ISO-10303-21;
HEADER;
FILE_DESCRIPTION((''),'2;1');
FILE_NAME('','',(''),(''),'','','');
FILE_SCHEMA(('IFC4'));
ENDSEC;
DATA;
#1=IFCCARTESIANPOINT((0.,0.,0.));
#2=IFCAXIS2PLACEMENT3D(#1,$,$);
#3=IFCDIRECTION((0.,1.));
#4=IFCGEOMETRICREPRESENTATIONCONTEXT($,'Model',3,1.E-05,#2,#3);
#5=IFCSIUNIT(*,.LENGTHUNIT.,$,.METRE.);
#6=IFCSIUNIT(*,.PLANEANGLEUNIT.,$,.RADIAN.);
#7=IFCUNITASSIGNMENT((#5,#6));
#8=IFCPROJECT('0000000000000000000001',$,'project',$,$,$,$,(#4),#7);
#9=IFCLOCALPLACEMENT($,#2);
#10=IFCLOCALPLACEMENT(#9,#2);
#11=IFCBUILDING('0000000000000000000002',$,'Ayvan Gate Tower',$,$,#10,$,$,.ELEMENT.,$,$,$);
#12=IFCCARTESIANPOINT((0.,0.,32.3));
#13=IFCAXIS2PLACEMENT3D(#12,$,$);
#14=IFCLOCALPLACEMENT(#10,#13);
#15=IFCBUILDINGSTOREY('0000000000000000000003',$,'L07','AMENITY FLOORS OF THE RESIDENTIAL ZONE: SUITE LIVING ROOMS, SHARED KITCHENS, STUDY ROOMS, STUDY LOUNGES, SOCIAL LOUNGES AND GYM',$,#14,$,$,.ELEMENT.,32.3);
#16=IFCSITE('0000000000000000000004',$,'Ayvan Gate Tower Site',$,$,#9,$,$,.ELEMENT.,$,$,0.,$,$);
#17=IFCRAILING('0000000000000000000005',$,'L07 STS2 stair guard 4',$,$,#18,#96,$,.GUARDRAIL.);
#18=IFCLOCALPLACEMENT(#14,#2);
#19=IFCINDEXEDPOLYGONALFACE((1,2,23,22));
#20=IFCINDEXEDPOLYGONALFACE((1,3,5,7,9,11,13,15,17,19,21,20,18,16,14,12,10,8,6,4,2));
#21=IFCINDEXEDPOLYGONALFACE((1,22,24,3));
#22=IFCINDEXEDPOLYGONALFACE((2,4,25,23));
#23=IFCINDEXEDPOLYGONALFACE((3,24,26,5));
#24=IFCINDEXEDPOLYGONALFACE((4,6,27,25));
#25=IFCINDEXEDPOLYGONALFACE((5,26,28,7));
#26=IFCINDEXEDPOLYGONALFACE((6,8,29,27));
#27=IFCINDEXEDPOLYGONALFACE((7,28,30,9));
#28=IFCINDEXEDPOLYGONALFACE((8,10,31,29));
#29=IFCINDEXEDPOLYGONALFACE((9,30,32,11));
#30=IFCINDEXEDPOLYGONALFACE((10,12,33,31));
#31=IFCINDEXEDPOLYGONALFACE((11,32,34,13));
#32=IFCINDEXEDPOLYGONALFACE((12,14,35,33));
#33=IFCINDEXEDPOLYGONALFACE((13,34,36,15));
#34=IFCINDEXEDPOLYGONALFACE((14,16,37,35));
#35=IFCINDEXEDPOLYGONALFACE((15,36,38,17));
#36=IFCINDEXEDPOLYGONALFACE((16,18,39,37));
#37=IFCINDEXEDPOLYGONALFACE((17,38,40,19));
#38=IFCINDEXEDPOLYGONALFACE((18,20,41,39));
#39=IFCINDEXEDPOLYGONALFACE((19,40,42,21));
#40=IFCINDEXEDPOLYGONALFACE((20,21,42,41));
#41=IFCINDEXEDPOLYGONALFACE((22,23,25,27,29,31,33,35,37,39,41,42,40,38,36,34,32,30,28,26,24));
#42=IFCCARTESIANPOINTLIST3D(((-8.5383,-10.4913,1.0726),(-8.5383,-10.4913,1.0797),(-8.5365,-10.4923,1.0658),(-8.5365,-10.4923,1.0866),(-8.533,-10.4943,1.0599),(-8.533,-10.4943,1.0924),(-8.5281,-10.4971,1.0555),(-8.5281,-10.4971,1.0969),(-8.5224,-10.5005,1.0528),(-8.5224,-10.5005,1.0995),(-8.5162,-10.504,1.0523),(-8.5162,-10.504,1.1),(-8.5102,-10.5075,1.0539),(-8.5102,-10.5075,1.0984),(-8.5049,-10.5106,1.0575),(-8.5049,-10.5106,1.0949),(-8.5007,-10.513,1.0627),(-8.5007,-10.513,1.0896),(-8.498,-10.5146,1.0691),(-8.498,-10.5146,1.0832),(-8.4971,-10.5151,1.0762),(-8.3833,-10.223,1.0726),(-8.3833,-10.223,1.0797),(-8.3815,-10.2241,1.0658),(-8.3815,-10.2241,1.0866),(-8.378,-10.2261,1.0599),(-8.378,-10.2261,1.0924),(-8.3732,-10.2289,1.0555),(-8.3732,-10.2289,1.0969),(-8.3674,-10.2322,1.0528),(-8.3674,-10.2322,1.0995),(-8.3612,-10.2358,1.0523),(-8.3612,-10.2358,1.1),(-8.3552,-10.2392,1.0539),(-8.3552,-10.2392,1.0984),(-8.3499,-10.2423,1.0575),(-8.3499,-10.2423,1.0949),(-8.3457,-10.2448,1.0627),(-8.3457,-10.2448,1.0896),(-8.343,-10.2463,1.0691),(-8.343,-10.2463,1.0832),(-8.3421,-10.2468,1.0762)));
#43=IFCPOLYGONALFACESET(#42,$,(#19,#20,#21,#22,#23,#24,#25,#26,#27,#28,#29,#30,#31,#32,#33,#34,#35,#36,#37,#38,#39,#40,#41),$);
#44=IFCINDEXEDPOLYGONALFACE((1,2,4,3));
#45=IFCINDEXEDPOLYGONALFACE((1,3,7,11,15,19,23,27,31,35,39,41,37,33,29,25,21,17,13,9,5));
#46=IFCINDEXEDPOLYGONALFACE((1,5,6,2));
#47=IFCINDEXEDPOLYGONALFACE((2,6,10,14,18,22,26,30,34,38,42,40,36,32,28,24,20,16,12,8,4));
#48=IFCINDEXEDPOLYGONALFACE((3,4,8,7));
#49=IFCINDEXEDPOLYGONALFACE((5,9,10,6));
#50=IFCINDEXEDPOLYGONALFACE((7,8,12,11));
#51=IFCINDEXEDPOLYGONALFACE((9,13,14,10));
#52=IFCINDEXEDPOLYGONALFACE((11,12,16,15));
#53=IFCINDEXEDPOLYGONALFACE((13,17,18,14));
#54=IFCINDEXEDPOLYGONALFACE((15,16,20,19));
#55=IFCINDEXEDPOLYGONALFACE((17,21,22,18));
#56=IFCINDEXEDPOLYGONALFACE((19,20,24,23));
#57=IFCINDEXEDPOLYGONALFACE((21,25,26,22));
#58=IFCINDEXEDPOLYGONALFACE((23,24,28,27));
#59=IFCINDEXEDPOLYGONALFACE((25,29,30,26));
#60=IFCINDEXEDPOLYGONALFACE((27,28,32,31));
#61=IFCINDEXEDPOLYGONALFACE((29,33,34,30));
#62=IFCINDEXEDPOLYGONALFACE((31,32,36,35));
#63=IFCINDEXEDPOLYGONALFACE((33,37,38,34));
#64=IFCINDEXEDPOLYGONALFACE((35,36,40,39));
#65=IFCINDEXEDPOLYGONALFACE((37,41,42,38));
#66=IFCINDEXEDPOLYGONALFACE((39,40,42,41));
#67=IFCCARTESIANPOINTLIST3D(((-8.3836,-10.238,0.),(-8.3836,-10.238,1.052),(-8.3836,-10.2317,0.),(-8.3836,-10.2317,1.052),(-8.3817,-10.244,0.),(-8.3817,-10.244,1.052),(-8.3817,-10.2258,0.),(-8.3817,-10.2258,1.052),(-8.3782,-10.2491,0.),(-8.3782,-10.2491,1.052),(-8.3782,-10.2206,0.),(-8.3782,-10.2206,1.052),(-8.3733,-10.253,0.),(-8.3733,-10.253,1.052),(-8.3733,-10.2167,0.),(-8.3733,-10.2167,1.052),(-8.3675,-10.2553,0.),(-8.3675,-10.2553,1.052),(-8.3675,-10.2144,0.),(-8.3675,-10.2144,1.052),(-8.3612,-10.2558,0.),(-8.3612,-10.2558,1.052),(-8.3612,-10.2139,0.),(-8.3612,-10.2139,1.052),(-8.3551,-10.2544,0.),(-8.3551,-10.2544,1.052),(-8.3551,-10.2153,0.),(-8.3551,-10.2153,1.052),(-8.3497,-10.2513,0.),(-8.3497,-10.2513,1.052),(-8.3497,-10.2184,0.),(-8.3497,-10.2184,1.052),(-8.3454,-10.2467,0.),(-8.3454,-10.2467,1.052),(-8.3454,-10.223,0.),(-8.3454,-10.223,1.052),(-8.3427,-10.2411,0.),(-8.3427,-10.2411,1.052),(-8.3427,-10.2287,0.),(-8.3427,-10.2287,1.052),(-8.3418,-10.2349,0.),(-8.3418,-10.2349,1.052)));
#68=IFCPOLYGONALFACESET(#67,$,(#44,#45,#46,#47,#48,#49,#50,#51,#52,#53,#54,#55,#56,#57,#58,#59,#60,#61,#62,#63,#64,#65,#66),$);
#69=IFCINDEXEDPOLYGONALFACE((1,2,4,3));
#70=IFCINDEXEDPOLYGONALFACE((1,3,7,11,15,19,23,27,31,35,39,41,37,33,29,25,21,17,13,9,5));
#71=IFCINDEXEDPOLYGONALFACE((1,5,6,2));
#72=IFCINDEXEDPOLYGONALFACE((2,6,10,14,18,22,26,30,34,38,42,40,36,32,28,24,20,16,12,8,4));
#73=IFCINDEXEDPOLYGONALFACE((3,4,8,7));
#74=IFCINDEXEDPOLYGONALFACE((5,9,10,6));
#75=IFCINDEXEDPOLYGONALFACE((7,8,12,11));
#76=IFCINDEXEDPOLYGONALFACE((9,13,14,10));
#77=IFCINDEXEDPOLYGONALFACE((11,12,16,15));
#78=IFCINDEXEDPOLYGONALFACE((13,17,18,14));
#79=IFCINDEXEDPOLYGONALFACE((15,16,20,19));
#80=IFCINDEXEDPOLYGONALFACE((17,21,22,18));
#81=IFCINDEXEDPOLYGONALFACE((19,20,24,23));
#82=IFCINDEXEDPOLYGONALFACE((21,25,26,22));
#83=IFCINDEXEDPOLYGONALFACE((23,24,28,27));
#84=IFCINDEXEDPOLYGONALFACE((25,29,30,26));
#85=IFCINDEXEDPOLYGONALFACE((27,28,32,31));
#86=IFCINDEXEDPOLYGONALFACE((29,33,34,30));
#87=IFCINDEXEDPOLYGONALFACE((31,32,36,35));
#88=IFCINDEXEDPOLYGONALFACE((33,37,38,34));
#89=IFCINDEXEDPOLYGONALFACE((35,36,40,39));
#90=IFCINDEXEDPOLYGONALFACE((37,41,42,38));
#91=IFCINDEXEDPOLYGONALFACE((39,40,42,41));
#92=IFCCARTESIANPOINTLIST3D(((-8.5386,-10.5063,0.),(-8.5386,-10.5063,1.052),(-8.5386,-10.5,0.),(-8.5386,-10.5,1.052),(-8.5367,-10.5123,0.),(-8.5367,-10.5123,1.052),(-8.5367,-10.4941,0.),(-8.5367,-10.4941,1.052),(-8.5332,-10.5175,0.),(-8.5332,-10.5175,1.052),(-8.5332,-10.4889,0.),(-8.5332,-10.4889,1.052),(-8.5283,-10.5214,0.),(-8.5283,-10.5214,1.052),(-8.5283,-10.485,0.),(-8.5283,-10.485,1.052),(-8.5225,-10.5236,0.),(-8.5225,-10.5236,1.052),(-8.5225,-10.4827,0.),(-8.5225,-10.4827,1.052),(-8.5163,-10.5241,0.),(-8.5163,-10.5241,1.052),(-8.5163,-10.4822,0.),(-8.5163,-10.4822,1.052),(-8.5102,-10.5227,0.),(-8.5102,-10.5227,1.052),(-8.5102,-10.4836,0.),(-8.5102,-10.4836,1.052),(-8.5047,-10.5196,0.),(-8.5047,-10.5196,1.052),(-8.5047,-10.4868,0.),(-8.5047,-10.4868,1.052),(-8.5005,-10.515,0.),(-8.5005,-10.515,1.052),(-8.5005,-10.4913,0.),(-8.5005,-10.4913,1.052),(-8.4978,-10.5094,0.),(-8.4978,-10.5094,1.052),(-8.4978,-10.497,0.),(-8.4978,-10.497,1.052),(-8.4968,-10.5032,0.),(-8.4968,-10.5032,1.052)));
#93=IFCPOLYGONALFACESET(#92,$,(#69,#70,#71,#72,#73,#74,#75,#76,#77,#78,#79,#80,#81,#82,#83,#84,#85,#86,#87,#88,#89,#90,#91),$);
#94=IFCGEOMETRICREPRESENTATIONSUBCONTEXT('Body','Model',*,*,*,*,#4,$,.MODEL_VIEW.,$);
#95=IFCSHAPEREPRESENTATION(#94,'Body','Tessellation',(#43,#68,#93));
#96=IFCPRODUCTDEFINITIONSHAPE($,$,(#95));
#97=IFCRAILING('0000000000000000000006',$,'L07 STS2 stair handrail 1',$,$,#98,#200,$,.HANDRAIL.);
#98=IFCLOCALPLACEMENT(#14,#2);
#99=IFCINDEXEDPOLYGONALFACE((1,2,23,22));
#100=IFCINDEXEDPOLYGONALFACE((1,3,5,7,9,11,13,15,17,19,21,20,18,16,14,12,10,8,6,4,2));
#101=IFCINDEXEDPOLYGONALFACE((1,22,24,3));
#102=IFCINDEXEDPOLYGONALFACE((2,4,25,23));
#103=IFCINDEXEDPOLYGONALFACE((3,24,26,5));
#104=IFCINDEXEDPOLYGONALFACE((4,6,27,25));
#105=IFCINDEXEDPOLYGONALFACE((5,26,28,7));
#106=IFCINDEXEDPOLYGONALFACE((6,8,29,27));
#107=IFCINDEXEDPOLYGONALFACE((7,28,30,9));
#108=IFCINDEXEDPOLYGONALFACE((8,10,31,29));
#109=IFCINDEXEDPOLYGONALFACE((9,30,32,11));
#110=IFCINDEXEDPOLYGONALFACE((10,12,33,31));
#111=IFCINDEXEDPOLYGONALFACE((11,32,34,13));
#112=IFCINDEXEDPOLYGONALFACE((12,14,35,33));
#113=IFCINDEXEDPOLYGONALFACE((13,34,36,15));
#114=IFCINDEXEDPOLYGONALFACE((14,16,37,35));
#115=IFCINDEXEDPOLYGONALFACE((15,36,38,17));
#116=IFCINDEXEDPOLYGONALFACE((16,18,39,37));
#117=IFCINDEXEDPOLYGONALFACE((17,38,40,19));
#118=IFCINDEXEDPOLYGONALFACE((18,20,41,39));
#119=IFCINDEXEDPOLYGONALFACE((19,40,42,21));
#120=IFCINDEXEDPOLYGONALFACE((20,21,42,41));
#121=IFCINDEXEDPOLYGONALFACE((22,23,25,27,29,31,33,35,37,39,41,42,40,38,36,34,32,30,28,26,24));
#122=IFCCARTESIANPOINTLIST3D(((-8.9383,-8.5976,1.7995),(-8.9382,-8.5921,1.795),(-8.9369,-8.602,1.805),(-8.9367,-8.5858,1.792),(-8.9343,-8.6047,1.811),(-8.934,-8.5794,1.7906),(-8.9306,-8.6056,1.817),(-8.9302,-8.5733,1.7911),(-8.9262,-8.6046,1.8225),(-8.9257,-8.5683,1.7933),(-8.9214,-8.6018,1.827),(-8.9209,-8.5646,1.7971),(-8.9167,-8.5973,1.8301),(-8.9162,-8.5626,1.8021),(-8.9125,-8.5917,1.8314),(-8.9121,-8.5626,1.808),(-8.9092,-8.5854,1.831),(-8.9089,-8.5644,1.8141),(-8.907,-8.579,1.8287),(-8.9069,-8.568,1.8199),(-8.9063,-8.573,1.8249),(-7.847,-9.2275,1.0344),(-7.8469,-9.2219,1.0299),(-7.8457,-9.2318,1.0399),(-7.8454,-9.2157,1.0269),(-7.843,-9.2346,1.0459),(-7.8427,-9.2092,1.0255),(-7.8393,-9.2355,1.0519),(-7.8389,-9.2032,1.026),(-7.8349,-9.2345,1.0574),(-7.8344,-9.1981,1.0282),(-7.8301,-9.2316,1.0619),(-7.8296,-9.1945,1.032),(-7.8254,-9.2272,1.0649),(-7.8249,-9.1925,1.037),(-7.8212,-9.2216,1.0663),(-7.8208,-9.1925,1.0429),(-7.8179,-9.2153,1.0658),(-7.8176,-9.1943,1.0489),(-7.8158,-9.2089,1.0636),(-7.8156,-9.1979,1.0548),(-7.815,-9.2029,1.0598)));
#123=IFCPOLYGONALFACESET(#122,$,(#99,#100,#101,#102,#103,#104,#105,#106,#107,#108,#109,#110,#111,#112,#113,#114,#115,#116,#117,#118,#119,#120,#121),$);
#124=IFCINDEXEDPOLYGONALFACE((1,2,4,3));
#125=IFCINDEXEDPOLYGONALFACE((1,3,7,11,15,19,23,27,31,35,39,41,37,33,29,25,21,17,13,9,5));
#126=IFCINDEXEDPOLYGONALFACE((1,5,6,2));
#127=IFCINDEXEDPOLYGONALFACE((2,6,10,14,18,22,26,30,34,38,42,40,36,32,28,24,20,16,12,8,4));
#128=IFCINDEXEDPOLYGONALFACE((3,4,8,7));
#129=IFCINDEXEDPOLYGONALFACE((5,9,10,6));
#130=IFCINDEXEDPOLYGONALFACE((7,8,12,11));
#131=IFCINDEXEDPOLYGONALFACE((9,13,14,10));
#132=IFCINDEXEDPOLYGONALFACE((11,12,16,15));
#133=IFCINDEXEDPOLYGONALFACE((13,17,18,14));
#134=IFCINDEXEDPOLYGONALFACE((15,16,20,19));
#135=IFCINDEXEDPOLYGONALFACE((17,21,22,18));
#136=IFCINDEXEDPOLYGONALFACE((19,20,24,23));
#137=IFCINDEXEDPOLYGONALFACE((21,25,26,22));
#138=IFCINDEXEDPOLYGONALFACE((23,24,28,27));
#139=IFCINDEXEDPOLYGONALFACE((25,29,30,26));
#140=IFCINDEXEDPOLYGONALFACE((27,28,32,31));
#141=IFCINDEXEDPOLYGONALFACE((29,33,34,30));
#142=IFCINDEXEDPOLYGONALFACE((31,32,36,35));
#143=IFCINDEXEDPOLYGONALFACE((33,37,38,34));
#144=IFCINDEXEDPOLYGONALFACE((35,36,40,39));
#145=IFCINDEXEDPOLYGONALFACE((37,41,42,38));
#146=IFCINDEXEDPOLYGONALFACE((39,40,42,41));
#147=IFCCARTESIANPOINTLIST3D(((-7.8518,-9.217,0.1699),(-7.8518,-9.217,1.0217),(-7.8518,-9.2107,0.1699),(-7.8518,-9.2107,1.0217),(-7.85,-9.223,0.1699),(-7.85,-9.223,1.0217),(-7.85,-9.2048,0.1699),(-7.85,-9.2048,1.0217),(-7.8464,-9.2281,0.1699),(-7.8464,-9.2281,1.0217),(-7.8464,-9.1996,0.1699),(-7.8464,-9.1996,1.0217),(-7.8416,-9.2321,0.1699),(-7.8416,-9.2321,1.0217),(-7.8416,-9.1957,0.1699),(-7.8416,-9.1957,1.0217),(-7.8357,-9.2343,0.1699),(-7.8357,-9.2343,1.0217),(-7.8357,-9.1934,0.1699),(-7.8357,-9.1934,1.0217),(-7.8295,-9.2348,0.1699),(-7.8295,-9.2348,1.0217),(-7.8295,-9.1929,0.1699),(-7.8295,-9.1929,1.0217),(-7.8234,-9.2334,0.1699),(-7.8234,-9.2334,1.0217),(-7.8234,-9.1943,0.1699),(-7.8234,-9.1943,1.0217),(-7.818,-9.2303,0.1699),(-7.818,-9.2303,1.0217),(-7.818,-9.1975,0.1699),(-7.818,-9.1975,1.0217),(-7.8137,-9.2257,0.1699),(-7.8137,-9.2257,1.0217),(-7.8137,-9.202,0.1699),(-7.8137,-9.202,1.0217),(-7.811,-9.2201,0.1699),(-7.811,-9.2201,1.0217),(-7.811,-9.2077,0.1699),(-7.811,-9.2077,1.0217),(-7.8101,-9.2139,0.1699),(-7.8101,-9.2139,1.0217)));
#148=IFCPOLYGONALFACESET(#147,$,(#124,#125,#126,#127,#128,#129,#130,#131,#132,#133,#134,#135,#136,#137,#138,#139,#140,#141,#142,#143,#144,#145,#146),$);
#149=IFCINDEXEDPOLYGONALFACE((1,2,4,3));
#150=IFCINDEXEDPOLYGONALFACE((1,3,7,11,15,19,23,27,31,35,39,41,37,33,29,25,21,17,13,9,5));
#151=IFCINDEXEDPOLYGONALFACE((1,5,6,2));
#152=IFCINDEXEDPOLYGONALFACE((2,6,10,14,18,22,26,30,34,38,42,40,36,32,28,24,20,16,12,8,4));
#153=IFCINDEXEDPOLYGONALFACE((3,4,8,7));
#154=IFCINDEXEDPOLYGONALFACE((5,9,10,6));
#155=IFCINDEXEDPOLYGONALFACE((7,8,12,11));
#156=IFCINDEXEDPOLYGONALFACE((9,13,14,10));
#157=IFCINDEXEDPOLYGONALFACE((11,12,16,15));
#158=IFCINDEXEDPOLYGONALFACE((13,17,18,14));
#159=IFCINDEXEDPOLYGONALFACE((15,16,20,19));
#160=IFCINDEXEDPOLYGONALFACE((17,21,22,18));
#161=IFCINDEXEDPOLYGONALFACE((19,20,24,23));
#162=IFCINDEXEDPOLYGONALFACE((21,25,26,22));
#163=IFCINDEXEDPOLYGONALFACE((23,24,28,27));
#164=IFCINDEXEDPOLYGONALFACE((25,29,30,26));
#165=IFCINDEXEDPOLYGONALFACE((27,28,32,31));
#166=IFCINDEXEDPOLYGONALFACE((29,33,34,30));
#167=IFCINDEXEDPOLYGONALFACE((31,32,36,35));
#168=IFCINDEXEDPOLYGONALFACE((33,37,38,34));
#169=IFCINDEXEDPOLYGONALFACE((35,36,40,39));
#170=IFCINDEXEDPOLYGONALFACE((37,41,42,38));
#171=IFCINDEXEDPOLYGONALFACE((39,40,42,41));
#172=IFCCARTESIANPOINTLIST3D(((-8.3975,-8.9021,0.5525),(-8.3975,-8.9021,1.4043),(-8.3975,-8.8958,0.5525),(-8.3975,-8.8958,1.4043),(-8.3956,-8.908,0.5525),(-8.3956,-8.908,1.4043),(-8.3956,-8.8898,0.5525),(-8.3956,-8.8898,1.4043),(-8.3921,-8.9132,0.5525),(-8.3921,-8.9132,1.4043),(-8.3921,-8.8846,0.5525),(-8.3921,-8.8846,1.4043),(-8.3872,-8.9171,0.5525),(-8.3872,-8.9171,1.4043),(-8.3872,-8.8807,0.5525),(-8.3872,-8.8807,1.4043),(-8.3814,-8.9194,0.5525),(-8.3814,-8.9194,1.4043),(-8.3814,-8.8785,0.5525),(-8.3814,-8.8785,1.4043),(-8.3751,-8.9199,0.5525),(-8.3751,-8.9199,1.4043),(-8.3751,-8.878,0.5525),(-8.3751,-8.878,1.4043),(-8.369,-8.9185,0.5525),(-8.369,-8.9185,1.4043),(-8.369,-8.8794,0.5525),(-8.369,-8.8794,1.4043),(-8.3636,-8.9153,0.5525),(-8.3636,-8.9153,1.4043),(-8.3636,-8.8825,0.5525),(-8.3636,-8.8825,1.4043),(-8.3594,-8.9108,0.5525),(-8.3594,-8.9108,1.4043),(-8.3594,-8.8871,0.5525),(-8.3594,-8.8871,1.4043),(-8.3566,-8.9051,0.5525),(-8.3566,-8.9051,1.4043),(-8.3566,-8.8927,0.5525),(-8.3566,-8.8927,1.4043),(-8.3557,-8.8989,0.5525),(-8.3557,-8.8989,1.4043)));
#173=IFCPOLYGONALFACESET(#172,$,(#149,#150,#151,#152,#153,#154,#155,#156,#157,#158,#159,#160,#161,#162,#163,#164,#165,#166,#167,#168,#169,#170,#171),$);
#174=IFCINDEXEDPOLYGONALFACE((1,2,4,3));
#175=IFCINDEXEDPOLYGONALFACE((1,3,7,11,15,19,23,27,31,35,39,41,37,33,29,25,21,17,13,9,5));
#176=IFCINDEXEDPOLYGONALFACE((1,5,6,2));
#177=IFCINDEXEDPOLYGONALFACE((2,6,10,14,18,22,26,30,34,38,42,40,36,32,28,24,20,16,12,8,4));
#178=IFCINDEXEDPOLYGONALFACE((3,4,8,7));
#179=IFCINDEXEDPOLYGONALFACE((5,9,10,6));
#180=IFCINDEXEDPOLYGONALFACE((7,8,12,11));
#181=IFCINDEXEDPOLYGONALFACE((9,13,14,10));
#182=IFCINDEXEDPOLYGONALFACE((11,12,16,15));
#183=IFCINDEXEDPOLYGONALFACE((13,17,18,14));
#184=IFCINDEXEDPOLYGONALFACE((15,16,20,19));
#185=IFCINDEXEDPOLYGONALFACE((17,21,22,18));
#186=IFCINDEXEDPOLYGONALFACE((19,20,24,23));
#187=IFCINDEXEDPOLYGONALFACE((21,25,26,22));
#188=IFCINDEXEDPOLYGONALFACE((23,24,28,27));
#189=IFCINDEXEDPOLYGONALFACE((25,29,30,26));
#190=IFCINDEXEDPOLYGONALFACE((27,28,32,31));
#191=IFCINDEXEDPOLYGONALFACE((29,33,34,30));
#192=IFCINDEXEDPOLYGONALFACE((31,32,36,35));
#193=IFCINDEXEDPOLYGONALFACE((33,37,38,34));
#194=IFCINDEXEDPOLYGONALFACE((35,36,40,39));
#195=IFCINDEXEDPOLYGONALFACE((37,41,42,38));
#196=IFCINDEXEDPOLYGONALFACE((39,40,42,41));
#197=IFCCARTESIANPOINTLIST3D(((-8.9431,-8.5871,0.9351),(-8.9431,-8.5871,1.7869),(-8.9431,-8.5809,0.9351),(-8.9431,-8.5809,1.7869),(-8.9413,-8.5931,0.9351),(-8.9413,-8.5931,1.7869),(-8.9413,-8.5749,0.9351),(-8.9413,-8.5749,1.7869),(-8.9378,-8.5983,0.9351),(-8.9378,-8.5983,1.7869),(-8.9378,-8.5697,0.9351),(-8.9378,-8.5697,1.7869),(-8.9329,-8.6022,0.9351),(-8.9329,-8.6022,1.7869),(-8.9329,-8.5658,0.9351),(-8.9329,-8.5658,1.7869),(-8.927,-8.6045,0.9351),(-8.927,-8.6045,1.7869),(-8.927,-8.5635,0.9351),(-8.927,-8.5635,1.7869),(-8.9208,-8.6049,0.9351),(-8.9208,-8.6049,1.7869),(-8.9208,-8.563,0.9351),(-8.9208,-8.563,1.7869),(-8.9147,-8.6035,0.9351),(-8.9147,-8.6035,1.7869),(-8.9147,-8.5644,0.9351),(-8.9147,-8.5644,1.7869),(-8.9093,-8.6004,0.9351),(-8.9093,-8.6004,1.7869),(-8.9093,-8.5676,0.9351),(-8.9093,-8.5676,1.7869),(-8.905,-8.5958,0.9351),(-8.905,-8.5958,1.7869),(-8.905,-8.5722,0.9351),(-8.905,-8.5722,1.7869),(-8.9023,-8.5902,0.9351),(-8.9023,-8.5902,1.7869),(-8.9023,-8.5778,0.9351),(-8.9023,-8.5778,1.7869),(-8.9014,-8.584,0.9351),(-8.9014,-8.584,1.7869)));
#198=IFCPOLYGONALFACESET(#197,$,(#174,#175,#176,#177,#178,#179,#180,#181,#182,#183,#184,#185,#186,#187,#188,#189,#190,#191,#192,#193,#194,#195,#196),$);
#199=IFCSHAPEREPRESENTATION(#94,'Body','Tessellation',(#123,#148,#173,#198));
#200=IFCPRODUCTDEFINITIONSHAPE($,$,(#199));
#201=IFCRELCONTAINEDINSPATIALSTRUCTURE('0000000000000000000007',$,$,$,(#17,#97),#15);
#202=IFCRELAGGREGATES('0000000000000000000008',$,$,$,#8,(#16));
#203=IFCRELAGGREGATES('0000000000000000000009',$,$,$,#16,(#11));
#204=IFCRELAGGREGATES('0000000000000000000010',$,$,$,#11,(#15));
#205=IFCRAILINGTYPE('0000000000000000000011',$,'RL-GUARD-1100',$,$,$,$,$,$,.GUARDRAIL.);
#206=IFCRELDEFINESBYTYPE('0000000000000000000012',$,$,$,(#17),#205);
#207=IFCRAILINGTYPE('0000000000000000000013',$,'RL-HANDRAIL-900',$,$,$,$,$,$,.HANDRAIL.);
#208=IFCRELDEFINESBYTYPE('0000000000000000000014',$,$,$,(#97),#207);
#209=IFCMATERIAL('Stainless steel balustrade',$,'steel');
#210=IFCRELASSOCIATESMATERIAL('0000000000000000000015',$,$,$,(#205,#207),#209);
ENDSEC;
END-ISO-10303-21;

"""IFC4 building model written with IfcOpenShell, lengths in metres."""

from ifc_helpers import new_model, si_unit, direction, frame, origin, origin_2d, place, context, subcontext, project, spatial, circle, extrude, material, type_object, element, save


model = new_model("IFC4")

# Units and contexts
model_context = context("Model", 3, precision=1e-05, world=origin(), true_north=direction((0.0, 1.0)))
body_context = subcontext(model_context, "Body", "Model", "MODEL_VIEW")
ifc_project = project(units=[si_unit("LENGTHUNIT", "METRE"), si_unit("PLANEANGLEUNIT", "RADIAN")], contexts=[model_context])

# Site, building, storey
site_placement = place(None, origin())
site = spatial("IfcSite", under=ifc_project, at=site_placement, Name="Ayvan Gate Tower Site", CompositionType="ELEMENT", RefElevation=0.0)
building_placement = place(site_placement, origin())
building = spatial("IfcBuilding", under=site, at=building_placement, Name="Ayvan Gate Tower", CompositionType="ELEMENT")
storey_placement = place(building_placement, frame((0.0, 0.0, 32.3)))
storey = spatial("IfcBuildingStorey", under=building, at=storey_placement, Name="L07", Description="AMENITY FLOORS OF THE RESIDENTIAL ZONE: SUITE LIVING ROOMS, SHARED KITCHENS, STUDY ROOMS, STUDY LOUNGES, SOCIAL LOUNGES AND GYM", CompositionType="ELEMENT", Elevation=32.3)

# Railings
ifc_material_1 = material(Name="Stainless steel balustrade", Category="steel")
railing_type_1 = type_object("IfcRailingType", Name="RL-GUARD-1100", PredefinedType="GUARDRAIL", material=ifc_material_1)
railing_1_placement = place(storey_placement, frame((-8.3628, -10.2349, 0.0)))
element("IfcRailing", 1, at=railing_1_placement, inside=storey, type_object=railing_type_1, Name="L07 STS2 stair guard 4", PredefinedType="GUARDRAIL", context=body_context, shape_type="SweptSolid", body=[
    extrude(circle(Radius=0.0239, at=origin_2d()), frame((0.0, 0.0, 1.0762), z_axis=(-0.500291, -0.865857, 0.0), x_axis=(0.865857, -0.500291, 0.0)), (0.0, 0.0, 1.0), 0.3098),
    extrude(circle(Radius=0.021, at=origin_2d()), origin(), (0.0, 0.0, 1.0), 1.052),
    extrude(circle(Radius=0.021, at=origin_2d()), frame((-0.155, -0.2683, 0.0)), (0.0, 0.0, 1.0), 1.052),
])
railing_type_2 = type_object("IfcRailingType", Name="RL-HANDRAIL-900", PredefinedType="HANDRAIL", material=ifc_material_1)
railing_2_placement = place(storey_placement, frame((-7.8311, -9.2139, 0.1699)))
element("IfcRailing", 2, at=railing_2_placement, inside=storey, type_object=railing_type_2, Name="L07 STS2 stair handrail 1", PredefinedType="HANDRAIL", context=body_context, shape_type="SweptSolid", body=[
    extrude(circle(Radius=0.0239, at=origin_2d()), frame((0.0, 0.0, 0.876), z_axis=(-0.740293, 0.427283, 0.519033), x_axis=(-0.49989, -0.866089, 0.0)), (0.0, 0.0, 1.0), 1.4741),
    extrude(circle(Radius=0.021, at=origin_2d()), origin(), (0.0, 0.0, 1.0), 0.8518),
    extrude(circle(Radius=0.021, at=origin_2d()), frame((-0.5457, 0.3149, 0.3826)), (0.0, 0.0, 1.0), 0.8518),
    extrude(circle(Radius=0.021, at=origin_2d()), frame((-1.0913, 0.6299, 0.7651)), (0.0, 0.0, 1.0), 0.8518),
])

save(model, "model.ifc")
